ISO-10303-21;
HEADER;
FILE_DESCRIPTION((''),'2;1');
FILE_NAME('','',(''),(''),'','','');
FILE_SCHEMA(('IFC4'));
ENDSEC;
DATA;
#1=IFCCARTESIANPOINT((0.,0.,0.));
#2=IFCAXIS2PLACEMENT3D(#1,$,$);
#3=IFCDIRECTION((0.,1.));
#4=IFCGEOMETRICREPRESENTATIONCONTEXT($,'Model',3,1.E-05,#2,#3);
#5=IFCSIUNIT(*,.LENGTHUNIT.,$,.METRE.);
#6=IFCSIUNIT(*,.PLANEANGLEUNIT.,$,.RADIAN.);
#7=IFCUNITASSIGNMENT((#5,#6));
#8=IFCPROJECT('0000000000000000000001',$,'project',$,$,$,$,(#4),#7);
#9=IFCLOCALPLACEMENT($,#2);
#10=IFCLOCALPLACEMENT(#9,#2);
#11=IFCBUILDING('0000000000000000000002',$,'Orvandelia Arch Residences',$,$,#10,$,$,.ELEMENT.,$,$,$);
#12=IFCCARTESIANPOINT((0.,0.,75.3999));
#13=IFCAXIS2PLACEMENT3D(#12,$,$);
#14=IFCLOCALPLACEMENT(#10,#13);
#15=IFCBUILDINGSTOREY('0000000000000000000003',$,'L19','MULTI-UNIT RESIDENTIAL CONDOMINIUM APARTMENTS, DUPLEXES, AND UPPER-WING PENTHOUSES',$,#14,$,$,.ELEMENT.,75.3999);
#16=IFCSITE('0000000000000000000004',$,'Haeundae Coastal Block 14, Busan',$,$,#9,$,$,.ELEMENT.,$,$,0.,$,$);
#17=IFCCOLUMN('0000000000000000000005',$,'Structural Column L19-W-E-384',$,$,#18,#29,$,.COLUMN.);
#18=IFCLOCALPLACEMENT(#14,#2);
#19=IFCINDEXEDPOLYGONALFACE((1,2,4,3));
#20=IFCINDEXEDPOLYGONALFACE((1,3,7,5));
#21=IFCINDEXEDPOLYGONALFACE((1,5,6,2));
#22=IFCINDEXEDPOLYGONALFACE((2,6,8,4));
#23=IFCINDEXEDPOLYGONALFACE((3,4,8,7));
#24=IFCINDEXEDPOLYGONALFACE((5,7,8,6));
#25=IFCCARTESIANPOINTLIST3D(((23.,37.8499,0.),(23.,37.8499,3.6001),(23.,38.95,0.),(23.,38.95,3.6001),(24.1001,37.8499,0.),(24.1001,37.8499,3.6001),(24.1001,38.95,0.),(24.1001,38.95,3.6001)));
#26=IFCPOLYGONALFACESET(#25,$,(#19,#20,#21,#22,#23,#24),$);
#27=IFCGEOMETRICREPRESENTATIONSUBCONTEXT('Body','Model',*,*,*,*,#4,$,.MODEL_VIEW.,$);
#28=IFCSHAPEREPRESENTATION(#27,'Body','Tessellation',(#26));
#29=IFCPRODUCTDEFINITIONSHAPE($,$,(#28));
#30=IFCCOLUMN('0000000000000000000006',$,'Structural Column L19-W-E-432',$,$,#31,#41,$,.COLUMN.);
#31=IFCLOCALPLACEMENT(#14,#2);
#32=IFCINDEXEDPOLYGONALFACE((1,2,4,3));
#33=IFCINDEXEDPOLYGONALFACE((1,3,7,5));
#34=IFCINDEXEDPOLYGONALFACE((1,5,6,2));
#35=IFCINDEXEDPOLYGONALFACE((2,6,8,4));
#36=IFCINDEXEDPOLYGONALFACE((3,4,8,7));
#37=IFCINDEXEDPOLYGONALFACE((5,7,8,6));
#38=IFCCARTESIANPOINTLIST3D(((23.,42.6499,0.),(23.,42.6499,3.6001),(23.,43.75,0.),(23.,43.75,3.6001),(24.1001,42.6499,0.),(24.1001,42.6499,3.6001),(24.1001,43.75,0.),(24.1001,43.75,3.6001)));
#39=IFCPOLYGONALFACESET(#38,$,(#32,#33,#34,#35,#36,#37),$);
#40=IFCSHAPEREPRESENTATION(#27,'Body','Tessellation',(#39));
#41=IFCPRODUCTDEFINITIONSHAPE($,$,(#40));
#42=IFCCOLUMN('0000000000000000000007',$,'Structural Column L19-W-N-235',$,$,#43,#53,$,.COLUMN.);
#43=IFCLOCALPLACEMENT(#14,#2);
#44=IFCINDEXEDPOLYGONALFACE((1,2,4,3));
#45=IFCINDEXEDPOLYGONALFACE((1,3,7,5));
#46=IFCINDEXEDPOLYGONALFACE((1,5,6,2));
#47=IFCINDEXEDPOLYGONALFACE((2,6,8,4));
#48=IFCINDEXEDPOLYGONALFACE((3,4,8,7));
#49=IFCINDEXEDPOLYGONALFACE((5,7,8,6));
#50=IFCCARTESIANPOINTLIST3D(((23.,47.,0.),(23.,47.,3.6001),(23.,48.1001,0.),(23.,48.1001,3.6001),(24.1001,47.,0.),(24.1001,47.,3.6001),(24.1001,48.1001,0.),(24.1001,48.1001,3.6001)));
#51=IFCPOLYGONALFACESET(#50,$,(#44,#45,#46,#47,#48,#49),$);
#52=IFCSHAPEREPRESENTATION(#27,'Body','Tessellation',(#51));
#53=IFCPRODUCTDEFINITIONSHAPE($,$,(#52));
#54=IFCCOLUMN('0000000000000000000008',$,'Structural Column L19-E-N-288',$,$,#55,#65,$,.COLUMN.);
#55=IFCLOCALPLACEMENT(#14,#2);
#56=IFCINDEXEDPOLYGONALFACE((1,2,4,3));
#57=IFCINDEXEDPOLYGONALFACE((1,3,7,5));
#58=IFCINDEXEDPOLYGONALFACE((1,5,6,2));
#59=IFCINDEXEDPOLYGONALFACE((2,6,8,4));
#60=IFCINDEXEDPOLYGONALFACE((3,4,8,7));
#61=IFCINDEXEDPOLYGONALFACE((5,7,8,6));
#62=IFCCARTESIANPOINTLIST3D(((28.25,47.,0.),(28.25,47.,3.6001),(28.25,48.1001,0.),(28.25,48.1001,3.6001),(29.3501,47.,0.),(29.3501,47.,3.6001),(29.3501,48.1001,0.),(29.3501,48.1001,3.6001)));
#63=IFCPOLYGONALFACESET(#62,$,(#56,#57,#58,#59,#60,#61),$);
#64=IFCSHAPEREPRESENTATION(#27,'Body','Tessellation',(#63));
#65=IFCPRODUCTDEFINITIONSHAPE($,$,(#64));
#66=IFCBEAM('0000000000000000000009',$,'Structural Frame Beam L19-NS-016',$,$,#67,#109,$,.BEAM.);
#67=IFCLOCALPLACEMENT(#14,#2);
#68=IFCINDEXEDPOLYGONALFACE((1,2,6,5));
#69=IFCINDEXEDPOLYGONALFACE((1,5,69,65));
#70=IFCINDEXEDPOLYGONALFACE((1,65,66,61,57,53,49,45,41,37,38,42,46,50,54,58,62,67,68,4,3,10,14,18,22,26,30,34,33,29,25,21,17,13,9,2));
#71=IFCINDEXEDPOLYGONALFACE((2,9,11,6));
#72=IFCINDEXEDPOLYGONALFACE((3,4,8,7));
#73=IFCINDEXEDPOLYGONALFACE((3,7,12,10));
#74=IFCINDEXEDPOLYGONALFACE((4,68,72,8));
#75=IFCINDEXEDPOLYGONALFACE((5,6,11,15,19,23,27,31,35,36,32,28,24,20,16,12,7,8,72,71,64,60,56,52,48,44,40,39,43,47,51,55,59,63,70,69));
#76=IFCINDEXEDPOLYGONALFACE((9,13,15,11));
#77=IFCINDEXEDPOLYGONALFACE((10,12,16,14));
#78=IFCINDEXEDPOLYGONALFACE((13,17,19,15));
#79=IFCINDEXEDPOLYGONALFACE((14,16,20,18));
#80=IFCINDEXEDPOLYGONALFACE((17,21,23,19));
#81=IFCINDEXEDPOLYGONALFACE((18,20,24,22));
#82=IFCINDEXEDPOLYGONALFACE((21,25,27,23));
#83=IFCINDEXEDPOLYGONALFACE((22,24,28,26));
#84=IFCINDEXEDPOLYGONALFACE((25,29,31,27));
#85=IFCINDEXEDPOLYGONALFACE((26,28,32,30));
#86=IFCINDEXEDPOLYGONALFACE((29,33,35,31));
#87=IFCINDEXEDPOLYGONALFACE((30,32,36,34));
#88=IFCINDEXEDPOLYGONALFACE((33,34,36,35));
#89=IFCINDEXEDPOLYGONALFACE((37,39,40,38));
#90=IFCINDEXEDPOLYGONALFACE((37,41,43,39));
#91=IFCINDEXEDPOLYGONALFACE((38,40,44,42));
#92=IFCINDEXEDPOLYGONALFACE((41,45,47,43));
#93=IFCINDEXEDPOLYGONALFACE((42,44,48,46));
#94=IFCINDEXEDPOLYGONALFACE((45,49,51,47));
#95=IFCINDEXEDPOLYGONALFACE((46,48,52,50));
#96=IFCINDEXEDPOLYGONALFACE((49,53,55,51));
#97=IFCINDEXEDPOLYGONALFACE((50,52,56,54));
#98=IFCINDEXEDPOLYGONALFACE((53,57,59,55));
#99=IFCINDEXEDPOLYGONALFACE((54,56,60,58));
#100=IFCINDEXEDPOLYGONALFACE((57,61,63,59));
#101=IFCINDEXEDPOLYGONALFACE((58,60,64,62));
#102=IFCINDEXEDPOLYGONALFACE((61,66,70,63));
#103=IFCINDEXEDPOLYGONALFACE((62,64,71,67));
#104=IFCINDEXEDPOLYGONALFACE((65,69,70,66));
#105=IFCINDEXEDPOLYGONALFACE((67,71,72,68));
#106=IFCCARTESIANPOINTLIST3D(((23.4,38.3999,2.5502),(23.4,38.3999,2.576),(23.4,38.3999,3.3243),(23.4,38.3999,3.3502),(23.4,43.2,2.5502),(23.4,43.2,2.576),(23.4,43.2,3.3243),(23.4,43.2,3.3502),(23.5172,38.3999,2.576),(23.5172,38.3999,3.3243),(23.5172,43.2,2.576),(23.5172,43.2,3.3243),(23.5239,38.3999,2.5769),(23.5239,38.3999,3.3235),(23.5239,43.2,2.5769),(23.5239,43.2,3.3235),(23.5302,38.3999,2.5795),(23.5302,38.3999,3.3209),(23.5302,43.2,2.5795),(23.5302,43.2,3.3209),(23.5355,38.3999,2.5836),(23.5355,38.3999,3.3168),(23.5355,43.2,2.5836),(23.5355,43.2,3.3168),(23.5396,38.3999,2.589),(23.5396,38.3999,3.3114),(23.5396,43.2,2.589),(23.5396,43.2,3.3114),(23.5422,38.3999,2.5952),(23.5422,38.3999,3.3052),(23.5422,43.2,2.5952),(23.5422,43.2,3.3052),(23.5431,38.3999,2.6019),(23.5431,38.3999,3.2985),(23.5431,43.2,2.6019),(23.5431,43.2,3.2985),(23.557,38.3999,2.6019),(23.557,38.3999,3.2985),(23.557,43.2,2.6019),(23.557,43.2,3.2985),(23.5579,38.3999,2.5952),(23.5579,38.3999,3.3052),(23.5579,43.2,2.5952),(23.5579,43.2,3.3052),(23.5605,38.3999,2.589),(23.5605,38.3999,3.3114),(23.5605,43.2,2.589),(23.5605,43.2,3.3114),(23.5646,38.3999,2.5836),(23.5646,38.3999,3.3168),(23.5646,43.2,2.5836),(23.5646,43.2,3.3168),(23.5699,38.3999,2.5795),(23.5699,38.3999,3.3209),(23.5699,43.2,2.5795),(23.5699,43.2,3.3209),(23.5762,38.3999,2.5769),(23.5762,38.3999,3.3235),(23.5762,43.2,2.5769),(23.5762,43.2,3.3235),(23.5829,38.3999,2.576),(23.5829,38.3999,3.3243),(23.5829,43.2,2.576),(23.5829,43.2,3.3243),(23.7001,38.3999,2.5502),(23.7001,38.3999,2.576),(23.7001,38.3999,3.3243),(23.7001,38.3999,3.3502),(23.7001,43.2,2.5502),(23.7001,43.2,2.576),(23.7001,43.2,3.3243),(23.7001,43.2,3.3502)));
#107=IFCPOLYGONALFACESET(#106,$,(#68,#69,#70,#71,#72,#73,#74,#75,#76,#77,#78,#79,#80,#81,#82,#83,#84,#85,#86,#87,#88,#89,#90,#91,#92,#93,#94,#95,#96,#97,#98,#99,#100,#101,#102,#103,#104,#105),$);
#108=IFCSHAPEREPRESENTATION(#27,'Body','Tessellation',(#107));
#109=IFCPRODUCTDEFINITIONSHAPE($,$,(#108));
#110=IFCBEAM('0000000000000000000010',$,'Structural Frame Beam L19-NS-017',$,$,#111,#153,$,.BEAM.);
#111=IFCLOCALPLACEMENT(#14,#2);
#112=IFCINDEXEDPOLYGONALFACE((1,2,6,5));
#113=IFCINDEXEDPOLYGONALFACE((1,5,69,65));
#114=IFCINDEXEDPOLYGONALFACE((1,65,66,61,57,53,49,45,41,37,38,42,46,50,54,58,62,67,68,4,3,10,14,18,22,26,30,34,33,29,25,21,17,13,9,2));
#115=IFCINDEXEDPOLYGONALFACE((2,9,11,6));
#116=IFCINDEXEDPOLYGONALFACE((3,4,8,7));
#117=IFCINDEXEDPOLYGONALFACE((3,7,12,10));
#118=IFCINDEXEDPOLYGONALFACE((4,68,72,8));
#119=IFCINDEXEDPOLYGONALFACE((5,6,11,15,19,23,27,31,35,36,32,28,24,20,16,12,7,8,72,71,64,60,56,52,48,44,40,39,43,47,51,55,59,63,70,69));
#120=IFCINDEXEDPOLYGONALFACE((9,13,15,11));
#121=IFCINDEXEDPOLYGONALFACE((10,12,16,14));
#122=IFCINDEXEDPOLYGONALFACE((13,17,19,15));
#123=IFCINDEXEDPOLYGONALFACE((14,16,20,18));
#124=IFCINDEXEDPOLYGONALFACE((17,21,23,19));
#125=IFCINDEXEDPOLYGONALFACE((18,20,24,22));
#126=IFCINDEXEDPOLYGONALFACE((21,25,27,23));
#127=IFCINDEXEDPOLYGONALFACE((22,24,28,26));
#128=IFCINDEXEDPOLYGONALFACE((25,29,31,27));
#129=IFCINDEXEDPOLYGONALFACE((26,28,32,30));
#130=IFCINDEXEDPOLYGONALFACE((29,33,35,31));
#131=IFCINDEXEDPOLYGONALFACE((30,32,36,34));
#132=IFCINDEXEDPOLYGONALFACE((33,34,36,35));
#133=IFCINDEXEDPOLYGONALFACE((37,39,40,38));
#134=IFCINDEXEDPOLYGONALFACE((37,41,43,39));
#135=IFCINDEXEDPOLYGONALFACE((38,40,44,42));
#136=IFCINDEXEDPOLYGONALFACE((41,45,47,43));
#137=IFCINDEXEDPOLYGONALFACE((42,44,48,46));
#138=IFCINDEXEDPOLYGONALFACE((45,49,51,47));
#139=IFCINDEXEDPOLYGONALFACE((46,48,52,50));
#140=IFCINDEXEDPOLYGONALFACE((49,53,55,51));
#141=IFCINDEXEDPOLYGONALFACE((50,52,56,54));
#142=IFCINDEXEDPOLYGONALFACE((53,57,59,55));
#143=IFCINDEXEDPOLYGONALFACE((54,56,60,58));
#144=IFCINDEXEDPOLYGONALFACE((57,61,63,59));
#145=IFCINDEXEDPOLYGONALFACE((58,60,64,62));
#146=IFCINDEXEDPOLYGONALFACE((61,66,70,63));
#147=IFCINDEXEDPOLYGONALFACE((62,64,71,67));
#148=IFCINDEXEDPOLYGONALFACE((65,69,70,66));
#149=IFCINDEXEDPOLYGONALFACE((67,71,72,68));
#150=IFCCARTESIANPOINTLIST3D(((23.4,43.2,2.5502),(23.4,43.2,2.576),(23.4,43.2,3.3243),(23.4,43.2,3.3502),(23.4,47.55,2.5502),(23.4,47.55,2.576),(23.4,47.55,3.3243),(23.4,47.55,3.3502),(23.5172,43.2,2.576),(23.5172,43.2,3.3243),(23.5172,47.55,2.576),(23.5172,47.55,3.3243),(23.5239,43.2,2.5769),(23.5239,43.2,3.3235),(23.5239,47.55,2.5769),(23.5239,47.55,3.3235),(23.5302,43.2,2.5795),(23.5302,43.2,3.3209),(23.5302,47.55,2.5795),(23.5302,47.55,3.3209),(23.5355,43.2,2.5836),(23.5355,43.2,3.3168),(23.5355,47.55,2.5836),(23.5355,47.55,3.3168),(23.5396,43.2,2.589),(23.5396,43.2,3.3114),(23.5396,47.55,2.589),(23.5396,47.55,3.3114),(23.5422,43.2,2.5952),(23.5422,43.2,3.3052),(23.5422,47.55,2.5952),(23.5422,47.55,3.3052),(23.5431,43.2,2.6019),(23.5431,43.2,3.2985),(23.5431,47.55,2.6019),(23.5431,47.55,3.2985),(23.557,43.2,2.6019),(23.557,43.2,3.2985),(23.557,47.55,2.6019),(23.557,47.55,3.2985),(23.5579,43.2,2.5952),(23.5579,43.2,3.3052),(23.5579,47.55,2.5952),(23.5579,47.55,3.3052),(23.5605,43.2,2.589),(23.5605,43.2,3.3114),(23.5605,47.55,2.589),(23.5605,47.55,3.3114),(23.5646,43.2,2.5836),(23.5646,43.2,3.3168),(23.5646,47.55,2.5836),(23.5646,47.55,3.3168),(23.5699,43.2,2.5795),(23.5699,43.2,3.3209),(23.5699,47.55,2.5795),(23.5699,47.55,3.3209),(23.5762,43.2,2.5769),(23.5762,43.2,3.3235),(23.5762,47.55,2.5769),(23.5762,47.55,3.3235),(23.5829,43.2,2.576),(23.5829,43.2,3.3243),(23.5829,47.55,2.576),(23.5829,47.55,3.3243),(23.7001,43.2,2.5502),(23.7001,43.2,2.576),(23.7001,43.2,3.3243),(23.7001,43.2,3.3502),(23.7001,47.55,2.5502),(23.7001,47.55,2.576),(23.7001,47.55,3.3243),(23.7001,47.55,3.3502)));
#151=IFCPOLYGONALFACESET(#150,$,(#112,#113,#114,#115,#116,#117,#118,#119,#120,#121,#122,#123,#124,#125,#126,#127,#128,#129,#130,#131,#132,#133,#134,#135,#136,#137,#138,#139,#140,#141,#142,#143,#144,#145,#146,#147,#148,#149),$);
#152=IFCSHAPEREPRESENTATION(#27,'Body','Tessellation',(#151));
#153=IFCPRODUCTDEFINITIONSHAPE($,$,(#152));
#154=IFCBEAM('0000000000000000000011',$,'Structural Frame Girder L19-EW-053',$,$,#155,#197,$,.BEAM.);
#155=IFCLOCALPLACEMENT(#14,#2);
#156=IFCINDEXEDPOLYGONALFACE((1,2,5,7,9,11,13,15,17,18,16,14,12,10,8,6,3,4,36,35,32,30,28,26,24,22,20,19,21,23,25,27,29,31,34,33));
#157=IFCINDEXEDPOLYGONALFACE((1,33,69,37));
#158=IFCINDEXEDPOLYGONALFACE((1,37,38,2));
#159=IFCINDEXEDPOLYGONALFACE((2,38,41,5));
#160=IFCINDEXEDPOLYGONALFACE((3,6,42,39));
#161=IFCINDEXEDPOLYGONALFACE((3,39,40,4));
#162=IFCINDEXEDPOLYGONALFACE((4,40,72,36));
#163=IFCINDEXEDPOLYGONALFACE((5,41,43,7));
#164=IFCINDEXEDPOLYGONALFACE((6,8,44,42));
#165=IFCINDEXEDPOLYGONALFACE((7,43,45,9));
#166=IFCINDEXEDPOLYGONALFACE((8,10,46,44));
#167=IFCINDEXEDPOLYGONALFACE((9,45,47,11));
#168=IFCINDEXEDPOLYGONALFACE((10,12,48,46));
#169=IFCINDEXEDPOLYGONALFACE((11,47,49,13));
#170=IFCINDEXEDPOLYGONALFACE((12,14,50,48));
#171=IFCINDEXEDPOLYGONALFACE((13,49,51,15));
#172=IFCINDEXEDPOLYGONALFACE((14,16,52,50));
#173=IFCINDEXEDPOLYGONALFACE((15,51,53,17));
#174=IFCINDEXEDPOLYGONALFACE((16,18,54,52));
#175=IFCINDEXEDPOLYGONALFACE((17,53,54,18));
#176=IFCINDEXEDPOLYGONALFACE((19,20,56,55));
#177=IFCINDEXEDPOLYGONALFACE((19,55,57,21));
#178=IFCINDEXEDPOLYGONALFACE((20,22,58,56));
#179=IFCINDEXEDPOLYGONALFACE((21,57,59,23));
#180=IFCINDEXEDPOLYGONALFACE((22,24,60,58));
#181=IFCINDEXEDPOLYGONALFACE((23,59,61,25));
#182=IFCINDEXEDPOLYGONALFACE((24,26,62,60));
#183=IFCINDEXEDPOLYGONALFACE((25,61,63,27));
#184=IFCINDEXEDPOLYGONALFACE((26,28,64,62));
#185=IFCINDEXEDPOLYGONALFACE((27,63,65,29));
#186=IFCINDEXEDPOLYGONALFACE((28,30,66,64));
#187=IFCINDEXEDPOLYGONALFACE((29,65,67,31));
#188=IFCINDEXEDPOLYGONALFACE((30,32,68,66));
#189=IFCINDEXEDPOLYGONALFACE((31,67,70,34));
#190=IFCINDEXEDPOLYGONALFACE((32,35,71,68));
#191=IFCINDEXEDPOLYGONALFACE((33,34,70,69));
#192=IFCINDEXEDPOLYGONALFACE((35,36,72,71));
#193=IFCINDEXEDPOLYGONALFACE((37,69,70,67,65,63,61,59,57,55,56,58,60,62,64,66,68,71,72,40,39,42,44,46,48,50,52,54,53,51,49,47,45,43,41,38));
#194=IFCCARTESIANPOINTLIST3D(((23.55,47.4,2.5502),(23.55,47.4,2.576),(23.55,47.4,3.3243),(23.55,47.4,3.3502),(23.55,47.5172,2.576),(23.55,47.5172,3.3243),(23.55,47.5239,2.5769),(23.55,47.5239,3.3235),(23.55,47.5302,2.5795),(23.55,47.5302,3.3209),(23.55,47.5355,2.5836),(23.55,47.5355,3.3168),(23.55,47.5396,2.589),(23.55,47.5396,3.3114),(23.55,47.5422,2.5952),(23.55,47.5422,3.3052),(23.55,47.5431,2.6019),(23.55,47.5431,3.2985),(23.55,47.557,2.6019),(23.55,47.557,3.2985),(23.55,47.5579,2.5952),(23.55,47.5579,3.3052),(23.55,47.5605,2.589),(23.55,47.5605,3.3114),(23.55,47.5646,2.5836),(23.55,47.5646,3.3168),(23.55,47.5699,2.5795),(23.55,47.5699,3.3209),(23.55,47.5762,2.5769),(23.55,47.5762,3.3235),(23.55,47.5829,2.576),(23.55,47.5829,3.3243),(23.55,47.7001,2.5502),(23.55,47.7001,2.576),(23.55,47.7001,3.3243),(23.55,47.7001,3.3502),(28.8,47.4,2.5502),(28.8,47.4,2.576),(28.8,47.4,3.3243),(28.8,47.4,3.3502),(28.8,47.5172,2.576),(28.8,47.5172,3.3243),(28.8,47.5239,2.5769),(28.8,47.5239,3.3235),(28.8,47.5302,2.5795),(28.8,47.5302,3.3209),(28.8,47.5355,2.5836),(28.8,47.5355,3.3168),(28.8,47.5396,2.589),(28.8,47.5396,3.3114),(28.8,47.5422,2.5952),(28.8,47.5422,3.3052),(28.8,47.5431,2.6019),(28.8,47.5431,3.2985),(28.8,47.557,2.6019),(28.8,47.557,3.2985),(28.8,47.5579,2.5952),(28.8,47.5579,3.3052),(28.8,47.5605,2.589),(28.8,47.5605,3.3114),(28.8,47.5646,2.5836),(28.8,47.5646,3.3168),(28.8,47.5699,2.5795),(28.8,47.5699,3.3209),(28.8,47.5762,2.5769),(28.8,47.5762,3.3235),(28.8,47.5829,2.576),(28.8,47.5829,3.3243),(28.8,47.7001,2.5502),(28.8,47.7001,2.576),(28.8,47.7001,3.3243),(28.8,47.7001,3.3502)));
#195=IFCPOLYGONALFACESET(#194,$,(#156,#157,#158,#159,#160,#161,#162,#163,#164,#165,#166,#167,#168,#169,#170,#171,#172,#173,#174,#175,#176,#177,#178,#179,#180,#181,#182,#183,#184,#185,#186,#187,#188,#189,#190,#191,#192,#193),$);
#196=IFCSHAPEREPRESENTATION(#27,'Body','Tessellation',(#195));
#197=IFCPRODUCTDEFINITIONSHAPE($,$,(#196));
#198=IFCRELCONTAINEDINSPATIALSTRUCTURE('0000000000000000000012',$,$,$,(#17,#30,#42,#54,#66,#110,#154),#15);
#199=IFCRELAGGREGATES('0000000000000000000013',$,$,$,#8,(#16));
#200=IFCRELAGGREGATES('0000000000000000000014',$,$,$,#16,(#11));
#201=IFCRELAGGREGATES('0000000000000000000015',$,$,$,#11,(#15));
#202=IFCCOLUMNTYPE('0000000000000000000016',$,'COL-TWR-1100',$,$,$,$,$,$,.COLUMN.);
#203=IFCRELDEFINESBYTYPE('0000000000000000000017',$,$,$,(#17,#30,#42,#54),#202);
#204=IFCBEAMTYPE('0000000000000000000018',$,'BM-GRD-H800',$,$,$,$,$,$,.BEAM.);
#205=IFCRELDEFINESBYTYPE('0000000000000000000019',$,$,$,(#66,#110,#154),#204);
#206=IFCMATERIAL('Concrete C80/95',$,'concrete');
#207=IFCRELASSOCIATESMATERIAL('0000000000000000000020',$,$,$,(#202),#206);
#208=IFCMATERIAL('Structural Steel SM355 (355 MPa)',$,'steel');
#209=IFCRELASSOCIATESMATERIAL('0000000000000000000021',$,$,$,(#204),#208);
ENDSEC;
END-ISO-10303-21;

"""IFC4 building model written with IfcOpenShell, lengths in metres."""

from ifc_helpers import new_model, si_unit, direction, frame, origin, origin_2d, place, context, subcontext, project, spatial, rectangle, i_section, extrude, material, material_profile, profile_set, type_object, element, save


model = new_model("IFC4")

# Units and contexts
model_context = context("Model", 3, precision=1e-05, world=origin(), true_north=direction((0.0, 1.0)))
body_context = subcontext(model_context, "Body", "Model", "MODEL_VIEW")
ifc_project = project(units=[si_unit("LENGTHUNIT", "METRE"), si_unit("PLANEANGLEUNIT", "RADIAN")], contexts=[model_context])

# Site, building, storey
site_placement = place(None, origin())
site = spatial("IfcSite", under=ifc_project, at=site_placement, Name="Haeundae Coastal Block 14, Busan", CompositionType="ELEMENT", RefElevation=0.0)
building_placement = place(site_placement, origin())
building = spatial("IfcBuilding", under=site, at=building_placement, Name="Orvandelia Arch Residences", CompositionType="ELEMENT")
storey_placement = place(building_placement, frame((0.0, 0.0, 75.3999)))
storey = spatial("IfcBuildingStorey", under=building, at=storey_placement, Name="L19", Description="MULTI-UNIT RESIDENTIAL CONDOMINIUM APARTMENTS, DUPLEXES, AND UPPER-WING PENTHOUSES", CompositionType="ELEMENT", Elevation=75.3999)

# Columns
ifc_material_1 = material(Name="Concrete C80/95", Category="concrete")
ifc_material_profile_1 = material_profile(ifc_material_1, rectangle(XDim=1.1001, YDim=1.1001, at=origin_2d()), Name="Concrete C80/95", Category="concrete")
ifc_profile_set_1 = profile_set([ifc_material_profile_1], Name="Concrete C80/95")
column_type = type_object("IfcColumnType", Name="COL-TWR-1100", PredefinedType="COLUMN", material=ifc_profile_set_1)
for number, where, z_axis, x_axis, name in (
    (1, (23.55, 38.3999, 0.0), (0.0, 0.0, 1.0), (1.0, 0.0, 0.0), "Structural Column L19-W-E-384"),
    (2, (23.55, 43.2, 0.0), (0.0, 0.0, 1.0), (1.0, 0.0, 0.0), "Structural Column L19-W-E-432"),
    (3, (23.55, 47.55, 0.0), (0.0, 0.0, 1.0), (1.0, 0.0, 0.0), "Structural Column L19-W-N-235"),
    (4, (28.8, 47.55, 0.0), (0.0, 0.0, 1.0), (1.0, 0.0, 0.0), "Structural Column L19-E-N-288"),
):
    element("IfcColumn", number, at=place(storey_placement, frame(where, z_axis=z_axis, x_axis=x_axis)), inside=storey, type_object=column_type, Name=name, PredefinedType="COLUMN", context=body_context, shape_type="SweptSolid", body=[
        extrude(rectangle(XDim=1.1001, YDim=1.1001, at=origin_2d()), origin(), (0.0, 0.0, 1.0), 3.6001),
    ])

# Beams
ifc_material_2 = material(Name="Structural Steel SM355 (355 MPa)", Category="steel")
ifc_material_profile_2 = material_profile(ifc_material_2, i_section(OverallWidth=0.3, OverallDepth=0.8, WebThickness=0.0139, FlangeThickness=0.0259, FilletRadius=0.0259, at=origin_2d()), Name="Structural Steel SM355 (355 MPa)", Category="steel")
ifc_profile_set_2 = profile_set([ifc_material_profile_2], Name="Structural Steel SM355 (355 MPa)")
beam_type = type_object("IfcBeamType", Name="BM-GRD-H800", PredefinedType="BEAM", material=ifc_profile_set_2)
beam_1_placement = place(storey_placement, frame((23.55, 38.3999, 2.9502), z_axis=(0.0, 1.0, 0.0), x_axis=(-1.0, 0.0, 0.0)))
element("IfcBeam", 5, at=beam_1_placement, inside=storey, type_object=beam_type, Name="Structural Frame Beam L19-NS-016", PredefinedType="BEAM", context=body_context, shape_type="SweptSolid", body=[
    extrude(i_section(OverallWidth=0.3, OverallDepth=0.8, WebThickness=0.0139, FlangeThickness=0.0259, FilletRadius=0.0259, at=origin_2d()), origin(), (0.0, 0.0, 1.0), 4.8),
])
beam_2_placement = place(storey_placement, frame((23.55, 43.2, 2.9502), z_axis=(0.0, 1.0, 0.0), x_axis=(-1.0, 0.0, 0.0)))
element("IfcBeam", 6, at=beam_2_placement, inside=storey, type_object=beam_type, Name="Structural Frame Beam L19-NS-017", PredefinedType="BEAM", context=body_context, shape_type="SweptSolid", body=[
    extrude(i_section(OverallWidth=0.3, OverallDepth=0.8, WebThickness=0.0139, FlangeThickness=0.0259, FilletRadius=0.0259, at=origin_2d()), origin(), (0.0, 0.0, 1.0), 4.3501),
])
beam_3_placement = place(storey_placement, frame((23.55, 47.55, 2.9502), z_axis=(1.0, 0.0, 0.0), x_axis=(0.0, 1.0, 0.0)))
element("IfcBeam", 7, at=beam_3_placement, inside=storey, type_object=beam_type, Name="Structural Frame Girder L19-EW-053", PredefinedType="BEAM", context=body_context, shape_type="SweptSolid", body=[
    extrude(i_section(OverallWidth=0.3, OverallDepth=0.8, WebThickness=0.0139, FlangeThickness=0.0259, FilletRadius=0.0259, at=origin_2d()), origin(), (0.0, 0.0, 1.0), 5.25),
])

save(model, "model.ifc")
